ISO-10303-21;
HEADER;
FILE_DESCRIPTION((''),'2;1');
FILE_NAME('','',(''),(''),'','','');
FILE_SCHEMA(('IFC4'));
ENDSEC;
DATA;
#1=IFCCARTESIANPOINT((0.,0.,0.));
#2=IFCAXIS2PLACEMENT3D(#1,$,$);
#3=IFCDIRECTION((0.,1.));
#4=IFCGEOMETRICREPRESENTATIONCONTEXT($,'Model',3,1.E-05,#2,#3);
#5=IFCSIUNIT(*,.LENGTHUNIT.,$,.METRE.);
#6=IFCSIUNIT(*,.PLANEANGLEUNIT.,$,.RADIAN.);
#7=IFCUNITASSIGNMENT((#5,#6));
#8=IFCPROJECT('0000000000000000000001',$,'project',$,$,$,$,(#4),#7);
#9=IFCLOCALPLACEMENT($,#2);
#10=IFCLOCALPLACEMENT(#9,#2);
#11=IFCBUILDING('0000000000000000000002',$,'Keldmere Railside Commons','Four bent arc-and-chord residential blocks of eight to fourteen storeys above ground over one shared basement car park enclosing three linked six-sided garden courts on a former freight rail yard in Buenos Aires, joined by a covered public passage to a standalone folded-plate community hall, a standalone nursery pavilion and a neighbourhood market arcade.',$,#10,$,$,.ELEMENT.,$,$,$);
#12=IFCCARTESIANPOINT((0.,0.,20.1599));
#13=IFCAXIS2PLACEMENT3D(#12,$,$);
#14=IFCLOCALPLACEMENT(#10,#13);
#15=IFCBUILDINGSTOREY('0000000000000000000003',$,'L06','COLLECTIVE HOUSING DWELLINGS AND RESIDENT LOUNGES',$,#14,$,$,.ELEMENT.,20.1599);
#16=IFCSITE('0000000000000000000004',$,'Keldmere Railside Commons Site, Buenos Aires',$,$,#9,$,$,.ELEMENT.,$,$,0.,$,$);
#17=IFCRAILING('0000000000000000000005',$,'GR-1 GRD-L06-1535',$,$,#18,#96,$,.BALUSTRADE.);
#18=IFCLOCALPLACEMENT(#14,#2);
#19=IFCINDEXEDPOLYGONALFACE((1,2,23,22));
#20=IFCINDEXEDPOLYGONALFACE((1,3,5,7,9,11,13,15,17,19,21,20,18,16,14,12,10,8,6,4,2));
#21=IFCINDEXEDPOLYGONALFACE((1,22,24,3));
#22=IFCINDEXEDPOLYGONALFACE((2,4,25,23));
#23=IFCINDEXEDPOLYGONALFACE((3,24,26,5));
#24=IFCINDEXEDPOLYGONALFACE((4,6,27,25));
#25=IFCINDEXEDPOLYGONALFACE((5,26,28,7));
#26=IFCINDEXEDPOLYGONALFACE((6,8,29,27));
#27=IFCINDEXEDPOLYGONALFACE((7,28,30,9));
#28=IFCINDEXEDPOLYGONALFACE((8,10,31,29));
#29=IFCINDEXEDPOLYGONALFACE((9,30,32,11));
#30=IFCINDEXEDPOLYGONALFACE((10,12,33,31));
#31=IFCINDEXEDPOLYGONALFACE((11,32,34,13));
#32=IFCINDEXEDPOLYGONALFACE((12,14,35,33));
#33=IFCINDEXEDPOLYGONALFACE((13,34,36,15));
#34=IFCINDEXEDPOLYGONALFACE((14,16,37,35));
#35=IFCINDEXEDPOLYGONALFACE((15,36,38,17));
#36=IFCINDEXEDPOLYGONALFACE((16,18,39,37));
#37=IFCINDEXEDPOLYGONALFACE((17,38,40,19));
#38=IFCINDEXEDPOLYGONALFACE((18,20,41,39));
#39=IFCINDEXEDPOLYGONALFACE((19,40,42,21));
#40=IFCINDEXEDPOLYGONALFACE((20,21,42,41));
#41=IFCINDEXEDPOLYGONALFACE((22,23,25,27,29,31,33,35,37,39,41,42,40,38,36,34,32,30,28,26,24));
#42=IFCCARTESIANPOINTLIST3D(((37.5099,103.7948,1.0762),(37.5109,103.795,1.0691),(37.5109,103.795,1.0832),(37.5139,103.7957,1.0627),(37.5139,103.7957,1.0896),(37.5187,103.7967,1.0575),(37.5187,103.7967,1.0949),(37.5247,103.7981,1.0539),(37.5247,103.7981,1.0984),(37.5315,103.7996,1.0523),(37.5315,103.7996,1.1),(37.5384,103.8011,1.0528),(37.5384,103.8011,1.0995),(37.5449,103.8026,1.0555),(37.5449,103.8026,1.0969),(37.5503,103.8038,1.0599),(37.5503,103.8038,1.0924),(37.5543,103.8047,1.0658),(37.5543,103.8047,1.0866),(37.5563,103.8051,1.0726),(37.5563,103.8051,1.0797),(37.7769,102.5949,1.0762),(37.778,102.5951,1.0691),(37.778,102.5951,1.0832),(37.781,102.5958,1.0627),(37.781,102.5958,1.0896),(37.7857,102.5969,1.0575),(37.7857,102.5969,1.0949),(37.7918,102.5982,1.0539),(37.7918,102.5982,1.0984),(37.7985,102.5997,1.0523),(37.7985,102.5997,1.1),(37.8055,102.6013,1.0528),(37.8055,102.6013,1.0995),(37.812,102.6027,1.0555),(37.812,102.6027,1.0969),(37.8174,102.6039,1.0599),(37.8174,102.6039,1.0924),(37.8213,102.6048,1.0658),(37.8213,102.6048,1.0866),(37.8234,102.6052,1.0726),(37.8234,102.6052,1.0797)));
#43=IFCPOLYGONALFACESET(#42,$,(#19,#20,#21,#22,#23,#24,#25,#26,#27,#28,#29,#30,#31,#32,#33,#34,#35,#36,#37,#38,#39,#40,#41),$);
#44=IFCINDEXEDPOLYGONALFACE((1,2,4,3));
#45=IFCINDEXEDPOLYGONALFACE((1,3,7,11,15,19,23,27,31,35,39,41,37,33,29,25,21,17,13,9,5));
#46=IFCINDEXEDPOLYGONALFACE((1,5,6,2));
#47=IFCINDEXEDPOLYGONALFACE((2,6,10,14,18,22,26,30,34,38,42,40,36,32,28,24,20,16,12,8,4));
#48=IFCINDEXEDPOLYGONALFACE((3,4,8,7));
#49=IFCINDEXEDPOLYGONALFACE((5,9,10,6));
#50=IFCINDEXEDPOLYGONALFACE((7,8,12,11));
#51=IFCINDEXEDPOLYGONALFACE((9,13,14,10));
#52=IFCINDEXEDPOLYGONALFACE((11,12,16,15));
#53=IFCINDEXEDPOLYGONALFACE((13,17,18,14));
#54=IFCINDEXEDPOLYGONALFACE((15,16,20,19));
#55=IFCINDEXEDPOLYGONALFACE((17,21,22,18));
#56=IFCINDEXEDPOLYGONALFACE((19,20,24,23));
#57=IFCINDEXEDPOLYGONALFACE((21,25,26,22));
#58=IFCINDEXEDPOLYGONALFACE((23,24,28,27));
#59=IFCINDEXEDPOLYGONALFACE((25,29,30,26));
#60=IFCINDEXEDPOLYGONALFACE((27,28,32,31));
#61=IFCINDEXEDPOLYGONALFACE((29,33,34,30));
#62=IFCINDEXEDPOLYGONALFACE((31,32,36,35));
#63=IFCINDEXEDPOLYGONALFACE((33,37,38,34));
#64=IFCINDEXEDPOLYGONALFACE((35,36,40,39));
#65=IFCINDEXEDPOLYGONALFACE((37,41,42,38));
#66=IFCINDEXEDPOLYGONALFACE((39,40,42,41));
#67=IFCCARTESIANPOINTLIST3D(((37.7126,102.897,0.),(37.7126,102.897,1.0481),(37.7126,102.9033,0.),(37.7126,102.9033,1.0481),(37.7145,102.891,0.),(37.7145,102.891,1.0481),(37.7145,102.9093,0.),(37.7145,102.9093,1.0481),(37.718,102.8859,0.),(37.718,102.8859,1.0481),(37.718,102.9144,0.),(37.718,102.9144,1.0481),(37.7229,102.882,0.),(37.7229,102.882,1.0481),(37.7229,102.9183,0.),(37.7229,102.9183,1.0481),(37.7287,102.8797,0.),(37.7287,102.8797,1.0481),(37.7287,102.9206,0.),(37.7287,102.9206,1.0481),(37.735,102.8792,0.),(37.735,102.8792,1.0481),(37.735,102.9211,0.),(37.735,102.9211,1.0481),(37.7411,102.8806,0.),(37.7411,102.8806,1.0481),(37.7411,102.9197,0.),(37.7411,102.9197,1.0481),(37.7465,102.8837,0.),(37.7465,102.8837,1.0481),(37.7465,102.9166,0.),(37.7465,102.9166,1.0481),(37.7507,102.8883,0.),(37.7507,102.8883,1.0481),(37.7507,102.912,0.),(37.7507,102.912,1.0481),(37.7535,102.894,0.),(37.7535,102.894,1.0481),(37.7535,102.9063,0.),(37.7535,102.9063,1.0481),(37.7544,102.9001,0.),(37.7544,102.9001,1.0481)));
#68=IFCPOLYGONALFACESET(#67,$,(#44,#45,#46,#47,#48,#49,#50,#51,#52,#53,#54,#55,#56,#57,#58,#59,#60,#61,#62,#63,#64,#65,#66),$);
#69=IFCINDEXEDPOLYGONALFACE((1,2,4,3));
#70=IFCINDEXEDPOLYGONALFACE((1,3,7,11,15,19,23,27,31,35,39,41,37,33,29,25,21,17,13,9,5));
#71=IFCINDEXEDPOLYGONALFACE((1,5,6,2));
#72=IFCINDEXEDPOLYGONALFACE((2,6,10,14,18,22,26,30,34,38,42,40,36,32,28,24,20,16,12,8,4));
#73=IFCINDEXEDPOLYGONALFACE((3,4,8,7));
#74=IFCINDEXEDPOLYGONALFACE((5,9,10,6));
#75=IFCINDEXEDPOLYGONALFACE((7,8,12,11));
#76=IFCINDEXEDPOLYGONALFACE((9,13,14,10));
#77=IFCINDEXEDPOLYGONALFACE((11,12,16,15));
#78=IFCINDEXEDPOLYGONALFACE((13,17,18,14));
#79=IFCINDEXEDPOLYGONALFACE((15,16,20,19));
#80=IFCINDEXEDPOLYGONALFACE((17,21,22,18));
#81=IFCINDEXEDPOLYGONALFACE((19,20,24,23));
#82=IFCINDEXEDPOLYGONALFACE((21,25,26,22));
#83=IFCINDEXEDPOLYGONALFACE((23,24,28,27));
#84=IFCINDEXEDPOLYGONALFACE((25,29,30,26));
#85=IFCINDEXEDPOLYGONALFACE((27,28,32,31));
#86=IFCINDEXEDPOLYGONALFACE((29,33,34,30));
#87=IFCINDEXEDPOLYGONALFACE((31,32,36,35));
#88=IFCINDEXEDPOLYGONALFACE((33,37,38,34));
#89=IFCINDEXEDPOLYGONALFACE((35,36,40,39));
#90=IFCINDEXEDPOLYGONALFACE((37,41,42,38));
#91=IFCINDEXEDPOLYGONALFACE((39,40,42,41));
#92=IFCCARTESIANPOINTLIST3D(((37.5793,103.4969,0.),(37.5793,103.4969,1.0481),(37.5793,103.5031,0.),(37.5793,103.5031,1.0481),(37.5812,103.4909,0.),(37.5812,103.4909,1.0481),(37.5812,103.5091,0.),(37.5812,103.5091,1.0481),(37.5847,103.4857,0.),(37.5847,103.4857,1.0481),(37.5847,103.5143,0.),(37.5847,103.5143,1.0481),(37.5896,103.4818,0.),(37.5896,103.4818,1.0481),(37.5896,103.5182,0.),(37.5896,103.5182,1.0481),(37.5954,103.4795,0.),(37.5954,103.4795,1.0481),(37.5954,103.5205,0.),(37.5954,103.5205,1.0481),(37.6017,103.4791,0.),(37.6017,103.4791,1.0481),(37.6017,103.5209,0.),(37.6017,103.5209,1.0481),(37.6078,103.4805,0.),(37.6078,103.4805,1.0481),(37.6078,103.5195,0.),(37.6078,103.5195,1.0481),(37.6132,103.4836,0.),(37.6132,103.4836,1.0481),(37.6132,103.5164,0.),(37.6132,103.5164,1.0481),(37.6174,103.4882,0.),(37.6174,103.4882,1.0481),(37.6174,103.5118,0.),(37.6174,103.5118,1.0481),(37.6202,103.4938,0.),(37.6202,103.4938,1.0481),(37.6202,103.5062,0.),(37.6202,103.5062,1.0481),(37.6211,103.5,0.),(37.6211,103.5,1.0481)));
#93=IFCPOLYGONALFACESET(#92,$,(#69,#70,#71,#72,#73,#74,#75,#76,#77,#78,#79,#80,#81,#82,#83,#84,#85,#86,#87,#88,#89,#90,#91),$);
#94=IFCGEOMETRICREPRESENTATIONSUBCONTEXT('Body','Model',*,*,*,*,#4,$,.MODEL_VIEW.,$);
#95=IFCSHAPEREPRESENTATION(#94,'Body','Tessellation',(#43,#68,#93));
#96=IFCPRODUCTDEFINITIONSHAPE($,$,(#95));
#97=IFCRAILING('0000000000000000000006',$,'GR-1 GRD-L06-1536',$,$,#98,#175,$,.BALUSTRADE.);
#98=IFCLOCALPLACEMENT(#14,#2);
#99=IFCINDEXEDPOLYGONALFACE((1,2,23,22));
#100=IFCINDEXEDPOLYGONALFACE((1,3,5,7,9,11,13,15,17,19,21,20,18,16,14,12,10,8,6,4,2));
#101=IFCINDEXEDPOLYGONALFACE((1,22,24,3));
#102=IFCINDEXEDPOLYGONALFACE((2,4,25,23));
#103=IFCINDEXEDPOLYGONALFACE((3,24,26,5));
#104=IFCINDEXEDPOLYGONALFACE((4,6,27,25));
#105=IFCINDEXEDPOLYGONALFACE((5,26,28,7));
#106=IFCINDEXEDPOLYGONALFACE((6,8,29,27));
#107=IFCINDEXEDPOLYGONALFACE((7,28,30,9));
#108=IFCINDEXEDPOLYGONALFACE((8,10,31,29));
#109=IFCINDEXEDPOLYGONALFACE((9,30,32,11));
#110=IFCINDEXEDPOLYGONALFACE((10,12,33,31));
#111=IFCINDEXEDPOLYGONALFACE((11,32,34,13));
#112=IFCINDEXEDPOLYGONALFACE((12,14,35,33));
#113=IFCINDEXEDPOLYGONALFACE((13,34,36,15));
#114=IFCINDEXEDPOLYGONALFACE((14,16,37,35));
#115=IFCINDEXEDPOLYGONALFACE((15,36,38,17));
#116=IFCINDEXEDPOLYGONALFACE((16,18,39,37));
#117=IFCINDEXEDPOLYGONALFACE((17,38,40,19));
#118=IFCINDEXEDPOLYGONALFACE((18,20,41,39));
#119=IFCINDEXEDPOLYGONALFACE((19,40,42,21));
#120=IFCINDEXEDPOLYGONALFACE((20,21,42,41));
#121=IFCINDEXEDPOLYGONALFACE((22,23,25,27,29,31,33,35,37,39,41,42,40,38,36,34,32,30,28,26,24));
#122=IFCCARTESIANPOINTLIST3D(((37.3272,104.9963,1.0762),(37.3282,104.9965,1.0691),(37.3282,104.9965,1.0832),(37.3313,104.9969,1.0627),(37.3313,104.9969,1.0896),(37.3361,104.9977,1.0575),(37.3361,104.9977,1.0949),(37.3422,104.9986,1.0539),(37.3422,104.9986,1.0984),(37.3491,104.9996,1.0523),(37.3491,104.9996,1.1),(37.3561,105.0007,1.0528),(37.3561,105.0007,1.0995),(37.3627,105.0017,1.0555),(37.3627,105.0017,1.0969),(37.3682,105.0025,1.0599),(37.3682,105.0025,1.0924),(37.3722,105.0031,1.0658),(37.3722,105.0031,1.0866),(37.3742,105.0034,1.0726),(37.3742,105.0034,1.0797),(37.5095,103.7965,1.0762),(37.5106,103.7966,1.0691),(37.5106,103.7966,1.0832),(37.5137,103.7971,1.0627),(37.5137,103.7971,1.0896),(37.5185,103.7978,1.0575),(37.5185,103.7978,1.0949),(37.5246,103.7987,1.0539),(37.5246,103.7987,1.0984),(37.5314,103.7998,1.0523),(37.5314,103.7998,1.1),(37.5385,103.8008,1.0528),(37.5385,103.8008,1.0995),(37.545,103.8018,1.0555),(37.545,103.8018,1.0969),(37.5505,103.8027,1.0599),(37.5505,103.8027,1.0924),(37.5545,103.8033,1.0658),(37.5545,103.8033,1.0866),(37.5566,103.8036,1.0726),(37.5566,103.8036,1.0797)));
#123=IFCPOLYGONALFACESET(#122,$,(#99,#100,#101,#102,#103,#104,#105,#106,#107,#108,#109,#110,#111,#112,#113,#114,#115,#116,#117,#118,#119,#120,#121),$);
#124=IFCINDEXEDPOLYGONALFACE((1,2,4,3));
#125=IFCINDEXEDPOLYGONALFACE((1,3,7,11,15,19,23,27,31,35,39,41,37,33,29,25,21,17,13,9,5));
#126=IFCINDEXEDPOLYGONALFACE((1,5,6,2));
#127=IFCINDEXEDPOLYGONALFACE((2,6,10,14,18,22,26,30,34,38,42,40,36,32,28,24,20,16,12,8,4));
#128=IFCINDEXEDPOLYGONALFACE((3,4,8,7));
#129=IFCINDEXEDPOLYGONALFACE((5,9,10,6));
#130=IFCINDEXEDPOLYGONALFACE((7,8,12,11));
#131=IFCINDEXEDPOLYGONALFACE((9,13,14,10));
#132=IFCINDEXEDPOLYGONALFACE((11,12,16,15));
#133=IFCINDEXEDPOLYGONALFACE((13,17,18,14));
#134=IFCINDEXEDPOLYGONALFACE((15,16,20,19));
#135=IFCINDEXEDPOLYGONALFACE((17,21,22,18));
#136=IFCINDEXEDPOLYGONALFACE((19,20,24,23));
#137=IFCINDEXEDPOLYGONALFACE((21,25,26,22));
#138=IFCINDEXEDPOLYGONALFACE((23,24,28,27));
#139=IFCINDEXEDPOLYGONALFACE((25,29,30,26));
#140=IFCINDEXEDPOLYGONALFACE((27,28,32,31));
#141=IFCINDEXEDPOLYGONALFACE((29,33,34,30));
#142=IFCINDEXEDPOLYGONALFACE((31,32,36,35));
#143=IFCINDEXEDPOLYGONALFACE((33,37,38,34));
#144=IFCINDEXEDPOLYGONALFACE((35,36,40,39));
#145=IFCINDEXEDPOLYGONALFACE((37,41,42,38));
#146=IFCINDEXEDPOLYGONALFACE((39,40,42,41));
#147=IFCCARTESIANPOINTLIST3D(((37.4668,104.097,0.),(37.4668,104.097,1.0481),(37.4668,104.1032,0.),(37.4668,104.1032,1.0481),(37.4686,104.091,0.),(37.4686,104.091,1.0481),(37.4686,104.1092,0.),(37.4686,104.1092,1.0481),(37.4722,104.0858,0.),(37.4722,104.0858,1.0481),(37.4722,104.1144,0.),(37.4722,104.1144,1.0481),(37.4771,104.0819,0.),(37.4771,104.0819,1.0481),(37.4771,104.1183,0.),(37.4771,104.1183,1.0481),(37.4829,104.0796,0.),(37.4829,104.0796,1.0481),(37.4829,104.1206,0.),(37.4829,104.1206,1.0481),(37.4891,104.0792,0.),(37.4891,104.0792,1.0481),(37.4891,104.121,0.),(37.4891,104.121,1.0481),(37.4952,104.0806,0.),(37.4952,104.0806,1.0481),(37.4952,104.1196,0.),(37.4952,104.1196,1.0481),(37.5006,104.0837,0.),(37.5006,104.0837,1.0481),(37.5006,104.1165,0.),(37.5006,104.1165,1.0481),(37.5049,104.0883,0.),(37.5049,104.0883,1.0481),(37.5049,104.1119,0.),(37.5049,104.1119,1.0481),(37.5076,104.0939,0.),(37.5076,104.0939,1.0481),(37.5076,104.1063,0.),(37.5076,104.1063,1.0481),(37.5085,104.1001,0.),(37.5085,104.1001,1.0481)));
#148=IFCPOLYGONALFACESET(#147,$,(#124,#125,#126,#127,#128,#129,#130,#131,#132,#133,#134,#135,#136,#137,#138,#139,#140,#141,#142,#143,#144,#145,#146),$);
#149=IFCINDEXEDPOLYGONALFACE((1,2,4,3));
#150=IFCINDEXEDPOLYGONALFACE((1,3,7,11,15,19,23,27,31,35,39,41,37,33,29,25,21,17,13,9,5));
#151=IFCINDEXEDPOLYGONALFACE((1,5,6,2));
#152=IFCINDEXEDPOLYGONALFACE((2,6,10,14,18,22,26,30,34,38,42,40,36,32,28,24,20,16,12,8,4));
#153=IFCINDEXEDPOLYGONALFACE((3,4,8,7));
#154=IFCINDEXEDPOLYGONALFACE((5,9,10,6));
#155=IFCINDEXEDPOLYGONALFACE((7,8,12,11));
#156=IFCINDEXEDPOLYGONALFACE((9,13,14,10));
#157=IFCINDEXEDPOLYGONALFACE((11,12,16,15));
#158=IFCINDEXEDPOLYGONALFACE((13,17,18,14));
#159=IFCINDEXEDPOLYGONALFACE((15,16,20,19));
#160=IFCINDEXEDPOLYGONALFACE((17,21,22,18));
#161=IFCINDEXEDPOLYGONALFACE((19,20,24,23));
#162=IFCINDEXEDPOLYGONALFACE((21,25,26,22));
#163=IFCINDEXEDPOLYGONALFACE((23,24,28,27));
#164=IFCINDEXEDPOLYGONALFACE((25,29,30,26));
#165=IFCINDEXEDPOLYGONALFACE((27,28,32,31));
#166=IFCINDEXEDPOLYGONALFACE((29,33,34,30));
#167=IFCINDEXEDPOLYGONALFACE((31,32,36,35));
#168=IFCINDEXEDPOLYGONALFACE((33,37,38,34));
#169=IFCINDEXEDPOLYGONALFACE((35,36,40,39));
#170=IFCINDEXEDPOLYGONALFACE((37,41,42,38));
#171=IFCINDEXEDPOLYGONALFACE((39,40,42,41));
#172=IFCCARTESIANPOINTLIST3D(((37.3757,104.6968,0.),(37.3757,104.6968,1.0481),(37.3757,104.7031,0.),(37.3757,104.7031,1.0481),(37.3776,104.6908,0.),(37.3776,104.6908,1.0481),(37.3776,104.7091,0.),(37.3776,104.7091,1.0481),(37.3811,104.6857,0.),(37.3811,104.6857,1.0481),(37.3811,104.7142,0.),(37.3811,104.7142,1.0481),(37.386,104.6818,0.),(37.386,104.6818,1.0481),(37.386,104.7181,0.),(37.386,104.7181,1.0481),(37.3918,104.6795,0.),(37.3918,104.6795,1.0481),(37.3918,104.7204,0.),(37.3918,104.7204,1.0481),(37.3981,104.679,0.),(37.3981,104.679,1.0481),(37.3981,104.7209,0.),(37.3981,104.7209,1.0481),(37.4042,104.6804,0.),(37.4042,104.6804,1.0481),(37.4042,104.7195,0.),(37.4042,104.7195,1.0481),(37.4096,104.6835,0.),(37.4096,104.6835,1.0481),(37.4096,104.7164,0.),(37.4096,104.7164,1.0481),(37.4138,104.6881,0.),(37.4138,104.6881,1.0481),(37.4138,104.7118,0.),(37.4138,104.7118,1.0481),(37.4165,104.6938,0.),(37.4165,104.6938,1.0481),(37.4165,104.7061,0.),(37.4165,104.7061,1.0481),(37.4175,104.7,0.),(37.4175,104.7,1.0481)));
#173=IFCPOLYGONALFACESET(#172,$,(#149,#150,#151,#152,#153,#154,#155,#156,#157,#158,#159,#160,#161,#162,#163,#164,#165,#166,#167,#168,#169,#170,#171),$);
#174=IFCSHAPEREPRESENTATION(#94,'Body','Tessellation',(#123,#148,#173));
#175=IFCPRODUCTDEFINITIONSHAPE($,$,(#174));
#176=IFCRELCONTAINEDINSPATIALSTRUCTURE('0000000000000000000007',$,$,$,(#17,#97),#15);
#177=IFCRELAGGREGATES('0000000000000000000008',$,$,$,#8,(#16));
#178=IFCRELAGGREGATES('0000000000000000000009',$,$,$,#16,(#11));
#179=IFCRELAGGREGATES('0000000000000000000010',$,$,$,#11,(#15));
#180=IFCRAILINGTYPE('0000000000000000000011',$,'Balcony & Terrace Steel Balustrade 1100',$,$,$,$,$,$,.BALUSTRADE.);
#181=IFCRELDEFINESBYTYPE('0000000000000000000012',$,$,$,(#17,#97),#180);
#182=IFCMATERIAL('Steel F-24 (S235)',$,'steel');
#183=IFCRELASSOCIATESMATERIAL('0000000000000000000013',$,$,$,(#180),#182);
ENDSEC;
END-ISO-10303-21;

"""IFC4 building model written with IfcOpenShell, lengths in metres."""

from ifc_helpers import new_model, si_unit, direction, frame, origin, origin_2d, place, context, subcontext, project, spatial, circle, extrude, material, type_object, element, save


model = new_model("IFC4")

# Units and contexts
model_context = context("Model", 3, precision=1e-05, world=origin(), true_north=direction((0.0, 1.0)))
body_context = subcontext(model_context, "Body", "Model", "MODEL_VIEW")
ifc_project = project(units=[si_unit("LENGTHUNIT", "METRE"), si_unit("PLANEANGLEUNIT", "RADIAN")], contexts=[model_context])

# Site, building, storey
site_placement = place(None, origin())
site = spatial("IfcSite", under=ifc_project, at=site_placement, Name="Keldmere Railside Commons Site, Buenos Aires", CompositionType="ELEMENT", RefElevation=0.0)
building_placement = place(site_placement, origin())
building = spatial("IfcBuilding", under=site, at=building_placement, Name="Keldmere Railside Commons", Description="Four bent arc-and-chord residential blocks of eight to fourteen storeys above ground over one shared basement car park enclosing three linked six-sided garden courts on a former freight rail yard in Buenos Aires, joined by a covered public passage to a standalone folded-plate community hall, a standalone nursery pavilion and a neighbourhood market arcade.", CompositionType="ELEMENT")
storey_placement = place(building_placement, frame((0.0, 0.0, 20.1599)))
storey = spatial("IfcBuildingStorey", under=building, at=storey_placement, Name="L06", Description="COLLECTIVE HOUSING DWELLINGS AND RESIDENT LOUNGES", CompositionType="ELEMENT", Elevation=20.1599)

# Shared definitions
ifc_material_1 = material(Name="Steel F-24 (S235)", Category="steel")

# Railings
railing_type = type_object("IfcRailingType", Name="Balcony & Terrace Steel Balustrade 1100", PredefinedType="BALUSTRADE", material=ifc_material_1)
railing_1_placement = place(storey_placement, frame((37.8003, 102.6001, 0.0)))
element("IfcRailing", 1, at=railing_1_placement, inside=storey, type_object=railing_type, Name="GR-1 GRD-L06-1535", PredefinedType="BALUSTRADE", context=body_context, shape_type="SweptSolid", body=[
    extrude(circle(Radius=0.0239, at=origin_2d()), frame((0.0, 0.0, 1.0762), z_axis=(-0.217267, 0.976112, 0.0), x_axis=(-0.976112, -0.217267, 0.0)), (0.0, 0.0, 1.0), 1.2292),
    extrude(circle(Radius=0.021, at=origin_2d()), frame((-0.0669, 0.3, 0.0)), (0.0, 0.0, 1.0), 1.0481),
    extrude(circle(Radius=0.021, at=origin_2d()), frame((-0.2002, 0.8999, 0.0)), (0.0, 0.0, 1.0), 1.0481),
])
railing_2_placement = place(storey_placement, frame((37.5332, 103.8, 0.0)))
element("IfcRailing", 2, at=railing_2_placement, inside=storey, type_object=railing_type, Name="GR-1 GRD-L06-1536", PredefinedType="BALUSTRADE", context=body_context, shape_type="SweptSolid", body=[
    extrude(circle(Radius=0.0239, at=origin_2d()), frame((0.0, 0.0, 1.0762), z_axis=(-0.150258, 0.988647, 0.0), x_axis=(-0.988647, -0.150258, 0.0)), (0.0, 0.0, 1.0), 1.2136),
    extrude(circle(Radius=0.021, at=origin_2d()), frame((-0.0457, 0.3, 0.0)), (0.0, 0.0, 1.0), 1.0481),
    extrude(circle(Radius=0.021, at=origin_2d()), frame((-0.1367, 0.8999, 0.0)), (0.0, 0.0, 1.0), 1.0481),
])

save(model, "model.ifc")
